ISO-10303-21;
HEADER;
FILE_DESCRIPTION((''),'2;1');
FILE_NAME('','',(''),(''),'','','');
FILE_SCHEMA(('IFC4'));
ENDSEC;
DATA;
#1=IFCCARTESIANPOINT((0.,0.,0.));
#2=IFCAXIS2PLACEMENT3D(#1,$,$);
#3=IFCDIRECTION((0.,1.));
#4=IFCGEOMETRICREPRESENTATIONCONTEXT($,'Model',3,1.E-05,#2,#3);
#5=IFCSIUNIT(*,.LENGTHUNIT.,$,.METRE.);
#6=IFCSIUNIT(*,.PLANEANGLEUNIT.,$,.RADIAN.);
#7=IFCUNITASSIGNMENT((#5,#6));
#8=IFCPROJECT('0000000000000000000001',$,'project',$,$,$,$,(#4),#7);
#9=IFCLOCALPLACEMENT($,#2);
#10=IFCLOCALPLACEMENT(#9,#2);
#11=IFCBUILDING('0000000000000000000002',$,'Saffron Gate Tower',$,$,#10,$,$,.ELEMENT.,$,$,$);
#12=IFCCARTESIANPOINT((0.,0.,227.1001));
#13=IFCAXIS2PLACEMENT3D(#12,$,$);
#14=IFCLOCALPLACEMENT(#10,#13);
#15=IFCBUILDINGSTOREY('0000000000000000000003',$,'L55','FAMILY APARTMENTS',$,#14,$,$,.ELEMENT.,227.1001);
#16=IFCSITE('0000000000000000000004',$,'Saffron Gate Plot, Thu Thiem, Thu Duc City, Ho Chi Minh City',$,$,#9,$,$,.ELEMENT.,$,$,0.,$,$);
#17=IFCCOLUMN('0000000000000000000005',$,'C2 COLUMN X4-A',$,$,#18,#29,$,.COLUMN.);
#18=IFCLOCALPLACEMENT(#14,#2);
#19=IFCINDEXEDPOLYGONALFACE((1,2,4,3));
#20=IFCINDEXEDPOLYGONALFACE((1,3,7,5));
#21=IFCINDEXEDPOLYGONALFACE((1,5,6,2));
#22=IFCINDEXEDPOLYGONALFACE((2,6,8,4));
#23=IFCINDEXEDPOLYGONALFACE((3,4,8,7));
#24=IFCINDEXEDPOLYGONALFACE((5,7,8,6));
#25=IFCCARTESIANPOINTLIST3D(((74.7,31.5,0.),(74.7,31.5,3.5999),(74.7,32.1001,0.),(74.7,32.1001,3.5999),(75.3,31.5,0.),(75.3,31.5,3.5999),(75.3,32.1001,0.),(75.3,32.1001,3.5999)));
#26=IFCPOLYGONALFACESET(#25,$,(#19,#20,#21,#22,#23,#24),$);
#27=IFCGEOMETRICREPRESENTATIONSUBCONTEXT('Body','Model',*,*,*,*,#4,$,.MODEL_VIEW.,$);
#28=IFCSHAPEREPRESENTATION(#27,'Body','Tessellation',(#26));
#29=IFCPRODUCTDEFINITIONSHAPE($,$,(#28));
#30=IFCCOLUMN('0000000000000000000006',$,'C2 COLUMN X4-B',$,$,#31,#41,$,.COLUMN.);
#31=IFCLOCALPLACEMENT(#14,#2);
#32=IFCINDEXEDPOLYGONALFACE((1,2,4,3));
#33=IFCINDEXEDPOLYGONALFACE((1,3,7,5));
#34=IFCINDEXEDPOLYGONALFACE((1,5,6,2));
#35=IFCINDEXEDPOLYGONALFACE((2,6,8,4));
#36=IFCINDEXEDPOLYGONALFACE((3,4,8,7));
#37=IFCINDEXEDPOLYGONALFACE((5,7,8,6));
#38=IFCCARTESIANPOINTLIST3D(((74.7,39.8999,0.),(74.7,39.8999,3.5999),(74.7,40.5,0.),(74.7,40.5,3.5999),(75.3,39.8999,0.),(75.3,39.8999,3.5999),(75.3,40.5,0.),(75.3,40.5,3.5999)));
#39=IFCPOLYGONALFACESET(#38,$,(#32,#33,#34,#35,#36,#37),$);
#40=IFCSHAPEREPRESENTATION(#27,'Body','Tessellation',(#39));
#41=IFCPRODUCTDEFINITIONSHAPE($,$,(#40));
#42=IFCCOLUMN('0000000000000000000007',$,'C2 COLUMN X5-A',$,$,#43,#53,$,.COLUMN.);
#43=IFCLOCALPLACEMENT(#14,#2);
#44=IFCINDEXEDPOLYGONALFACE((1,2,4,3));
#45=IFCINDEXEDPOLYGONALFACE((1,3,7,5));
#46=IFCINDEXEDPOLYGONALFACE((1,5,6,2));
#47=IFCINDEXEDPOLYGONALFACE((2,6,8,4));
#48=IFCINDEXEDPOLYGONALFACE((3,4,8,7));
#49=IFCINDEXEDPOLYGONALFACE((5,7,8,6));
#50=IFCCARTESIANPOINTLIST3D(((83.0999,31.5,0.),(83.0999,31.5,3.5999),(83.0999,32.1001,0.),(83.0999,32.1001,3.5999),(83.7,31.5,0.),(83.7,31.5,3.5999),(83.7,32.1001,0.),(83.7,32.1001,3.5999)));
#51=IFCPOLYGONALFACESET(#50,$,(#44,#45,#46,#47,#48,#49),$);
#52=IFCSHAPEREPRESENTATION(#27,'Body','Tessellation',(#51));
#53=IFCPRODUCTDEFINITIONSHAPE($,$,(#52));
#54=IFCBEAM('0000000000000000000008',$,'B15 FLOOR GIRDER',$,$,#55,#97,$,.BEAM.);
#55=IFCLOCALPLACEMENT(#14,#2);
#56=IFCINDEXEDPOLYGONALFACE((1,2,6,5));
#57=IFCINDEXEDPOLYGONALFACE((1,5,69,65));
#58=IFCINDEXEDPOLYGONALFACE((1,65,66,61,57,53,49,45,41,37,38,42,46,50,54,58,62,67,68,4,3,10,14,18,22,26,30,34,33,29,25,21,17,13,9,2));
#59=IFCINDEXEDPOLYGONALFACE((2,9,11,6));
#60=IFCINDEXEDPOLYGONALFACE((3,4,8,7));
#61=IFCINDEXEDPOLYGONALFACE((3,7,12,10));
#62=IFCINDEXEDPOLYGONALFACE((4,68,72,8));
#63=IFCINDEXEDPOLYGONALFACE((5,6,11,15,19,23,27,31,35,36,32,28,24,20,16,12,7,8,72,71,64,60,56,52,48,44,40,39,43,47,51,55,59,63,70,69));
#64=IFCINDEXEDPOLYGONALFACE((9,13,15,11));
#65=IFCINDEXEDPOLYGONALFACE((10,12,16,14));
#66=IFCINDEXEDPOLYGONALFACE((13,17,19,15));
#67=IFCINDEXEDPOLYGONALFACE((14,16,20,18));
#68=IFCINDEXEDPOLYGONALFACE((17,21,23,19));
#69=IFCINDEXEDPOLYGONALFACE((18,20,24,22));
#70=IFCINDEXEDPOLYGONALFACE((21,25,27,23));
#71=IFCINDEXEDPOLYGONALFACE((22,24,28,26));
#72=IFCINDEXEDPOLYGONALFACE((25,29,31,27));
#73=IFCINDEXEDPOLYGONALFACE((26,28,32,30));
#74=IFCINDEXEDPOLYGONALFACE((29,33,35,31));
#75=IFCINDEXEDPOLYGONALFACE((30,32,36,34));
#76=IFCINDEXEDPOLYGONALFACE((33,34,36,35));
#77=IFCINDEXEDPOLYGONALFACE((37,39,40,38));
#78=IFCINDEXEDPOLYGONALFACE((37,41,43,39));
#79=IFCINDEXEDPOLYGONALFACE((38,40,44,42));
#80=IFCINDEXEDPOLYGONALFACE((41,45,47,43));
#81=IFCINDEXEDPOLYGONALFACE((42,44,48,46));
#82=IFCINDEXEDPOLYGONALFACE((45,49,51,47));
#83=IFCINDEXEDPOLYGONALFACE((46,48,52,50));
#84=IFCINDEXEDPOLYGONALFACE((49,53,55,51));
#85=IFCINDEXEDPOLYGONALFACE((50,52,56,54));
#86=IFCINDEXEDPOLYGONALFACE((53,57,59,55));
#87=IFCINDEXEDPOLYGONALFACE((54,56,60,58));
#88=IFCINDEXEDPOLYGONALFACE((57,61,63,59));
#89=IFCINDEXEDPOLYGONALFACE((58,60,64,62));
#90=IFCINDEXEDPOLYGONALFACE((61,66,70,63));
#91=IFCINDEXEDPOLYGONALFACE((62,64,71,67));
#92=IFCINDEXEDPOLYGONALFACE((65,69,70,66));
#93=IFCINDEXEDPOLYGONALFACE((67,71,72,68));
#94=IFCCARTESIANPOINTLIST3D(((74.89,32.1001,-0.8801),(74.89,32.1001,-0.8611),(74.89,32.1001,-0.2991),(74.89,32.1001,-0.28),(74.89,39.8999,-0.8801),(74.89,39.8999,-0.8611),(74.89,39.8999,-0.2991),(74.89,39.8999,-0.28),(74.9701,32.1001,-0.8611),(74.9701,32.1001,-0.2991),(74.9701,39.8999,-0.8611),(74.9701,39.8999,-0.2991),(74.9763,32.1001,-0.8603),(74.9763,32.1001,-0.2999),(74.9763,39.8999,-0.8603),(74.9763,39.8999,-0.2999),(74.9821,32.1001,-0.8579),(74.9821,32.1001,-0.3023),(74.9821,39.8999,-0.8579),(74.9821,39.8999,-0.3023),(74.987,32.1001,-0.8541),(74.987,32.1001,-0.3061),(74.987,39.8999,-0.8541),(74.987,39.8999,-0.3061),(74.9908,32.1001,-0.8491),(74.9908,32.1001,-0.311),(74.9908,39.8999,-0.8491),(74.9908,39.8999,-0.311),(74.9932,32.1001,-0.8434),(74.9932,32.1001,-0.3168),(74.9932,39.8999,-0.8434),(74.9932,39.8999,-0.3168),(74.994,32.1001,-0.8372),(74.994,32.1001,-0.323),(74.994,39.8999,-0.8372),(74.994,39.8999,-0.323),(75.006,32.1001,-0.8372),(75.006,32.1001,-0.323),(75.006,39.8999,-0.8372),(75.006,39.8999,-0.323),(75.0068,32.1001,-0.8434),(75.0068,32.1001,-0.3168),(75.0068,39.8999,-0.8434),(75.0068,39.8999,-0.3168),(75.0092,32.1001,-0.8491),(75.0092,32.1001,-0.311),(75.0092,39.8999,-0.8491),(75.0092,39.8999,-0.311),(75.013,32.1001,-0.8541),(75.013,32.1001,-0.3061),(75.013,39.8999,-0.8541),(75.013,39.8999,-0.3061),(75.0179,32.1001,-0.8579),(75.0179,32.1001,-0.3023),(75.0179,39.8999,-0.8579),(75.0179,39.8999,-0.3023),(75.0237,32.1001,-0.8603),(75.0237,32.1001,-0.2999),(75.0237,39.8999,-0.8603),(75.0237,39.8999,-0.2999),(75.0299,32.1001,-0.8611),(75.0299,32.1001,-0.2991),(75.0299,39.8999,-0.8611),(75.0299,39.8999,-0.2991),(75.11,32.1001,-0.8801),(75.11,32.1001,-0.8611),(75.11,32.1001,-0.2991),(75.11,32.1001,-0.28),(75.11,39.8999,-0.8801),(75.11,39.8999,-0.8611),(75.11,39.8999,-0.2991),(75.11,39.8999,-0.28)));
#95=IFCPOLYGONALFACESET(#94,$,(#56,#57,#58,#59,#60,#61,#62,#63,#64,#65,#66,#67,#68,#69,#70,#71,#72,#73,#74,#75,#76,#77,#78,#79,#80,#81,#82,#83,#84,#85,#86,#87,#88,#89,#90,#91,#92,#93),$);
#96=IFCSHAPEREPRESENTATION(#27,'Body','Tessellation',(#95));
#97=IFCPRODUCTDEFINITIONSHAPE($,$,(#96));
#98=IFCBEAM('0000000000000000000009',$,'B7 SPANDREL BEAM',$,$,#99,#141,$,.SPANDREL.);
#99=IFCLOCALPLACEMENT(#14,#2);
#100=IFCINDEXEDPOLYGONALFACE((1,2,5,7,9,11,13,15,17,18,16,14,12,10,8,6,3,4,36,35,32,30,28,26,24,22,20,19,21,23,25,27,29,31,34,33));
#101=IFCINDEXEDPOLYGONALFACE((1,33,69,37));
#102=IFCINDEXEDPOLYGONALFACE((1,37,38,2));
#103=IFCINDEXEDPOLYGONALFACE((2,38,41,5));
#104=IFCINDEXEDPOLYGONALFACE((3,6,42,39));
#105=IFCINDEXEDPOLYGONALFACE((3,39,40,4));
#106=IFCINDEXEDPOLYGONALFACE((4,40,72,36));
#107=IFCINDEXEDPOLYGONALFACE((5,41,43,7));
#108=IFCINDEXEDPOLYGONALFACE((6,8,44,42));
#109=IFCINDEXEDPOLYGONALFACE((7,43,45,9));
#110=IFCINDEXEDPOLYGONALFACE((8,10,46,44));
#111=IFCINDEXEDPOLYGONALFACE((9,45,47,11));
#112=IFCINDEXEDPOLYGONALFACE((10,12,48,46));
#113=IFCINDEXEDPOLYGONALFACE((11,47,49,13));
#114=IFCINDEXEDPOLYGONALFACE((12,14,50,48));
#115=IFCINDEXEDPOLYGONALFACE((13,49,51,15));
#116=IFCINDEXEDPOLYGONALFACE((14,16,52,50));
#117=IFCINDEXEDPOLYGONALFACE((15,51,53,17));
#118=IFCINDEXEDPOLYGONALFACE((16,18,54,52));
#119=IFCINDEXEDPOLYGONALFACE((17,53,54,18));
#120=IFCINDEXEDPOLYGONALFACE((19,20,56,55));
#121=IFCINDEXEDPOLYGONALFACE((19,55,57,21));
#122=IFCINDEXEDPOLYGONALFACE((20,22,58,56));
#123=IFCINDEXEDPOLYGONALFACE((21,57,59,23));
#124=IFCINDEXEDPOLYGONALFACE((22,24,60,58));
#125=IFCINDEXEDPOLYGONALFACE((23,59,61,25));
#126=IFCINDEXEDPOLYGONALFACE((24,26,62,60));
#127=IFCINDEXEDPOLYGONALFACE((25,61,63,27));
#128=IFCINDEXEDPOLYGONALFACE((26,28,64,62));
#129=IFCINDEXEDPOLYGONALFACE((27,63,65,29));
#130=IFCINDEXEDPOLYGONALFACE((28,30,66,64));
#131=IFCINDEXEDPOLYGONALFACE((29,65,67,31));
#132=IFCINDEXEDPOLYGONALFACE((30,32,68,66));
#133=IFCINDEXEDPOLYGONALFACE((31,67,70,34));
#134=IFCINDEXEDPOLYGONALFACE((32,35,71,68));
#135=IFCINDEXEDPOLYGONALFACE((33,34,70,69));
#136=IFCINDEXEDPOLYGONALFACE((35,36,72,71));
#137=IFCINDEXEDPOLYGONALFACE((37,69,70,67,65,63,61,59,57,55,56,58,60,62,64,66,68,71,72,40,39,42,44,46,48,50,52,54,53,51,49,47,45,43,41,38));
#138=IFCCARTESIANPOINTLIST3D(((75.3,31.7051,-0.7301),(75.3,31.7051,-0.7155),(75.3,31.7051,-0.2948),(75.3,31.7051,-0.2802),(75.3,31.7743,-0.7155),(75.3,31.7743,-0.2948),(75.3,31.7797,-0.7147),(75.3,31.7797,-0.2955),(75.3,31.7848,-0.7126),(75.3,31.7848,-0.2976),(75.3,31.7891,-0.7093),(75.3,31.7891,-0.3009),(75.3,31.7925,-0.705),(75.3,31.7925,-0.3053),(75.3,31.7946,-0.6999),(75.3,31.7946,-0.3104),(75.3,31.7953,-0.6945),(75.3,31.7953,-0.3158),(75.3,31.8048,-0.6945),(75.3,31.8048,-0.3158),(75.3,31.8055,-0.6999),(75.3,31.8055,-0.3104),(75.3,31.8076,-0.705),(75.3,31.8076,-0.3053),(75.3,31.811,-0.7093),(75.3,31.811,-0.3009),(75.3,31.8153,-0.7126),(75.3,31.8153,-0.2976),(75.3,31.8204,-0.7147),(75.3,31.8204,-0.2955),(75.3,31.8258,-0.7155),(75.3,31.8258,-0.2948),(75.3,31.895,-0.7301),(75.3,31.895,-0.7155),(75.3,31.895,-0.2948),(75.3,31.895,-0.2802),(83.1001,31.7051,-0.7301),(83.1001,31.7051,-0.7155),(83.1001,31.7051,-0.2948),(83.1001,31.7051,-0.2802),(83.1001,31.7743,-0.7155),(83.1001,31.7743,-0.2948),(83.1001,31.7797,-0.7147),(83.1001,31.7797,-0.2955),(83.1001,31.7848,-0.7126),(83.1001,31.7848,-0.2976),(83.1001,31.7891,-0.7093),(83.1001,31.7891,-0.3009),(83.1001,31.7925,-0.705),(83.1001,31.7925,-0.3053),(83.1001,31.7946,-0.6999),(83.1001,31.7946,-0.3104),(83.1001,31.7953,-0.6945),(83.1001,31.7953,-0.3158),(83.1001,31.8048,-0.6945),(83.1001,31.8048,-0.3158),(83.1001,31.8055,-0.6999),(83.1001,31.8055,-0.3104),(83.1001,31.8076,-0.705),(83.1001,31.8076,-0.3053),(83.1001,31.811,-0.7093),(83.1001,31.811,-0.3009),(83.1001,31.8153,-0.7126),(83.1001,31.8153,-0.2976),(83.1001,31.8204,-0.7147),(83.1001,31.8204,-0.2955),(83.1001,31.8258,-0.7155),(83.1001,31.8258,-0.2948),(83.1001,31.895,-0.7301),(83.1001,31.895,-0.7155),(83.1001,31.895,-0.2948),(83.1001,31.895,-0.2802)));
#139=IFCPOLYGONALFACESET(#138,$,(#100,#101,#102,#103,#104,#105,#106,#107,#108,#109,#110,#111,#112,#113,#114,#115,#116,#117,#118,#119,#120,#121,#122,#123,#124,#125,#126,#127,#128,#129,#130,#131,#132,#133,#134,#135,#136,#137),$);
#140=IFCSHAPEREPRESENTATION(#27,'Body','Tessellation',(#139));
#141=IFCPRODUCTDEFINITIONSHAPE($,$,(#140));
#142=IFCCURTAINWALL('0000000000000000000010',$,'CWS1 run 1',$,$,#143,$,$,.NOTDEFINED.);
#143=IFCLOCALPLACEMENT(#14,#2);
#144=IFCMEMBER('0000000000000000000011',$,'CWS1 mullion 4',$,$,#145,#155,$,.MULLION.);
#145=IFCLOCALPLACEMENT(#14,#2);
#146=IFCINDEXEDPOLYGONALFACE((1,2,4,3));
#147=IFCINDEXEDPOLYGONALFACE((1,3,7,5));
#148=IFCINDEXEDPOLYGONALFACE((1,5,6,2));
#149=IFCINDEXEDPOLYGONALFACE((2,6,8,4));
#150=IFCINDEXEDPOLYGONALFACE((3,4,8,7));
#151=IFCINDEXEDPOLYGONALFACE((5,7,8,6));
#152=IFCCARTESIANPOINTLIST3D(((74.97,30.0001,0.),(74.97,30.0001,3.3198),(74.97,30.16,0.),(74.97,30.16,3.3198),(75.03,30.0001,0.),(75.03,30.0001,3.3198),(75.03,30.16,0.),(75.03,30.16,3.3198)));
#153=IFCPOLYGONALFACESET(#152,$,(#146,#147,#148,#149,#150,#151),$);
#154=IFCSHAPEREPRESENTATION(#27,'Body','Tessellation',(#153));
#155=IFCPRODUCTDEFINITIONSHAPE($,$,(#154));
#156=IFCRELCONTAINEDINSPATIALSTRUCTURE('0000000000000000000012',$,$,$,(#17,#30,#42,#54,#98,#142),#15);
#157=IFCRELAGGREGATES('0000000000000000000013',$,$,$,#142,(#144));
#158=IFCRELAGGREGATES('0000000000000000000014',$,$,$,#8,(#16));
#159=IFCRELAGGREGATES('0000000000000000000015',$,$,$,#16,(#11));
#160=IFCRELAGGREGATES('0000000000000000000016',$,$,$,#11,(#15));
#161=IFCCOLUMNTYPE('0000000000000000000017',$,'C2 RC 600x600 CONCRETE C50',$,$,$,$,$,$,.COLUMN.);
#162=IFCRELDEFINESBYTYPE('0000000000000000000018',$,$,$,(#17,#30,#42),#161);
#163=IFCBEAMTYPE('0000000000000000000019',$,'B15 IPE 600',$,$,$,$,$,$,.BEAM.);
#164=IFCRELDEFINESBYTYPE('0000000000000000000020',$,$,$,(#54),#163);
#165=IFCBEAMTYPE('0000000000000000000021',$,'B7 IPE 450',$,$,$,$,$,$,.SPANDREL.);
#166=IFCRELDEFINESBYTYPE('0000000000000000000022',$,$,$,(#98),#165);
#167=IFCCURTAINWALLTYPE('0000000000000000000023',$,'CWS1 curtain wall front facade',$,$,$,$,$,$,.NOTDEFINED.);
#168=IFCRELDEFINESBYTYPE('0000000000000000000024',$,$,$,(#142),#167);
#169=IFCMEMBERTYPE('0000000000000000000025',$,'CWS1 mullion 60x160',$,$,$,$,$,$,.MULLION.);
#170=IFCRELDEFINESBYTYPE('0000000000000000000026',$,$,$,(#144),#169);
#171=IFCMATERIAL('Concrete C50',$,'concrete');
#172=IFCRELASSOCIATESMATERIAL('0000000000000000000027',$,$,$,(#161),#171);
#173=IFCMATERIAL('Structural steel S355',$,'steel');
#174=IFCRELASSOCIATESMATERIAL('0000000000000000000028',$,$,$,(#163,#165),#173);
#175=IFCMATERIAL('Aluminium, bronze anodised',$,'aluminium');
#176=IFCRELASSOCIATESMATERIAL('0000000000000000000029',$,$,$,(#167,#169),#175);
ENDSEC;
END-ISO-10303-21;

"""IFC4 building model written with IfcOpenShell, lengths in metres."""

from ifc_helpers import new_model, si_unit, direction, frame, origin, origin_2d, place, context, subcontext, project, spatial, rectangle, i_section, extrude, material, material_profile, profile_set, type_object, element, aggregate, save


model = new_model("IFC4")

# Units and contexts
model_context = context("Model", 3, precision=1e-05, world=origin(), true_north=direction((0.0, 1.0)))
body_context = subcontext(model_context, "Body", "Model", "MODEL_VIEW")
ifc_project = project(units=[si_unit("LENGTHUNIT", "METRE"), si_unit("PLANEANGLEUNIT", "RADIAN")], contexts=[model_context])

# Site, building, storey
site_placement = place(None, origin())
site = spatial("IfcSite", under=ifc_project, at=site_placement, Name="Saffron Gate Plot, Thu Thiem, Thu Duc City, Ho Chi Minh City", CompositionType="ELEMENT", RefElevation=0.0)
building_placement = place(site_placement, origin())
building = spatial("IfcBuilding", under=site, at=building_placement, Name="Saffron Gate Tower", CompositionType="ELEMENT")
storey_placement = place(building_placement, frame((0.0, 0.0, 227.1001)))
storey = spatial("IfcBuildingStorey", under=building, at=storey_placement, Name="L55", Description="FAMILY APARTMENTS", CompositionType="ELEMENT", Elevation=227.1001)

# Columns
ifc_material_1 = material(Name="Concrete C50", Category="concrete")
ifc_material_profile_1 = material_profile(ifc_material_1, rectangle(XDim=0.6001, YDim=0.6001, at=origin_2d()))
ifc_profile_set_1 = profile_set([ifc_material_profile_1], Name="Concrete C50")
column_type = type_object("IfcColumnType", Name="C2 RC 600x600 CONCRETE C50", PredefinedType="COLUMN", material=ifc_profile_set_1)
for number, where, z_axis, x_axis, name in (
    (1, (75.0, 31.8, 0.0), (0.0, 0.0, 1.0), (1.0, 0.0, 0.0), "C2 COLUMN X4-A"),
    (2, (75.0, 40.2, 0.0), (0.0, 0.0, 1.0), (1.0, 0.0, 0.0), "C2 COLUMN X4-B"),
    (3, (83.3999, 31.8, 0.0), (0.0, 0.0, 1.0), (1.0, 0.0, 0.0), "C2 COLUMN X5-A"),
):
    element("IfcColumn", number, at=place(storey_placement, frame(where, z_axis=z_axis, x_axis=x_axis)), inside=storey, type_object=column_type, Name=name, PredefinedType="COLUMN", context=body_context, shape_type="SweptSolid", body=[
        extrude(rectangle(XDim=0.6001, YDim=0.6001, at=origin_2d()), origin(), (0.0, 0.0, 1.0), 3.5999),
    ])

# Beams
ifc_material_2 = material(Name="Structural steel S355", Category="steel")
ifc_material_profile_2 = material_profile(ifc_material_2, i_section(OverallWidth=0.22, OverallDepth=0.6001, WebThickness=0.012, FlangeThickness=0.019, FilletRadius=0.0239, at=origin_2d()))
ifc_profile_set_2 = profile_set([ifc_material_profile_2], Name="Structural steel S355")
beam_type_1 = type_object("IfcBeamType", Name="B15 IPE 600", PredefinedType="BEAM", material=ifc_profile_set_2)
beam_1_placement = place(storey_placement, frame((75.0, 32.1001, -0.5801), z_axis=(0.0, 1.0, 0.0), x_axis=(-1.0, 0.0, 0.0)))
element("IfcBeam", 4, at=beam_1_placement, inside=storey, type_object=beam_type_1, Name="B15 FLOOR GIRDER", PredefinedType="BEAM", context=body_context, shape_type="SweptSolid", body=[
    extrude(i_section(OverallWidth=0.22, OverallDepth=0.6001, WebThickness=0.012, FlangeThickness=0.019, FilletRadius=0.0239, at=origin_2d()), origin(), (0.0, 0.0, 1.0), 7.7998),
])
ifc_material_profile_3 = material_profile(ifc_material_2, i_section(OverallWidth=0.1899, OverallDepth=0.45, WebThickness=0.0095, FlangeThickness=0.0146, FilletRadius=0.021, at=origin_2d()))
ifc_profile_set_3 = profile_set([ifc_material_profile_3], Name="Structural steel S355")
beam_type_2 = type_object("IfcBeamType", Name="B7 IPE 450", PredefinedType="SPANDREL", material=ifc_profile_set_3)
beam_2_placement = place(storey_placement, frame((75.3, 31.8, -0.5051), z_axis=(1.0, 0.0, 0.0), x_axis=(0.0, 1.0, 0.0)))
element("IfcBeam", 5, at=beam_2_placement, inside=storey, type_object=beam_type_2, Name="B7 SPANDREL BEAM", PredefinedType="SPANDREL", context=body_context, shape_type="SweptSolid", body=[
    extrude(i_section(OverallWidth=0.1899, OverallDepth=0.45, WebThickness=0.0095, FlangeThickness=0.0146, FilletRadius=0.021, at=origin_2d()), origin(), (0.0, 0.0, 1.0), 7.8),
])

# Curtain wall, member
ifc_material_3 = material(Name="Aluminium, bronze anodised", Category="aluminium")
curtain_wall_type = type_object("IfcCurtainWallType", Name="CWS1 curtain wall front facade", PredefinedType="NOTDEFINED", material=ifc_material_3)
curtain_wall_placement = place(storey_placement, origin())
curtain_wall = element("IfcCurtainWall", 6, at=curtain_wall_placement, inside=storey, type_object=curtain_wall_type, Name="CWS1 run 1", PredefinedType="NOTDEFINED")
ifc_material_profile_4 = material_profile(ifc_material_3, rectangle(XDim=0.1599, YDim=0.0601, at=origin_2d()))
ifc_profile_set_4 = profile_set([ifc_material_profile_4], Name="Aluminium, bronze anodised")
member_type = type_object("IfcMemberType", Name="CWS1 mullion 60x160", PredefinedType="MULLION", material=ifc_profile_set_4)
member_placement = place(storey_placement, frame((75.0, 30.0801, 0.0), z_axis=(0.0, 0.0, 1.0), x_axis=(0.0, 1.0, 0.0)))
member = element("IfcMember", 7, at=member_placement, type_object=member_type, Name="CWS1 mullion 4", PredefinedType="MULLION", context=body_context, shape_type="SweptSolid", body=[
    extrude(rectangle(XDim=0.1599, YDim=0.0601, at=origin_2d()), origin(), (0.0, 0.0, 1.0), 3.3198),
])
aggregate(curtain_wall, [member])

save(model, "model.ifc")
